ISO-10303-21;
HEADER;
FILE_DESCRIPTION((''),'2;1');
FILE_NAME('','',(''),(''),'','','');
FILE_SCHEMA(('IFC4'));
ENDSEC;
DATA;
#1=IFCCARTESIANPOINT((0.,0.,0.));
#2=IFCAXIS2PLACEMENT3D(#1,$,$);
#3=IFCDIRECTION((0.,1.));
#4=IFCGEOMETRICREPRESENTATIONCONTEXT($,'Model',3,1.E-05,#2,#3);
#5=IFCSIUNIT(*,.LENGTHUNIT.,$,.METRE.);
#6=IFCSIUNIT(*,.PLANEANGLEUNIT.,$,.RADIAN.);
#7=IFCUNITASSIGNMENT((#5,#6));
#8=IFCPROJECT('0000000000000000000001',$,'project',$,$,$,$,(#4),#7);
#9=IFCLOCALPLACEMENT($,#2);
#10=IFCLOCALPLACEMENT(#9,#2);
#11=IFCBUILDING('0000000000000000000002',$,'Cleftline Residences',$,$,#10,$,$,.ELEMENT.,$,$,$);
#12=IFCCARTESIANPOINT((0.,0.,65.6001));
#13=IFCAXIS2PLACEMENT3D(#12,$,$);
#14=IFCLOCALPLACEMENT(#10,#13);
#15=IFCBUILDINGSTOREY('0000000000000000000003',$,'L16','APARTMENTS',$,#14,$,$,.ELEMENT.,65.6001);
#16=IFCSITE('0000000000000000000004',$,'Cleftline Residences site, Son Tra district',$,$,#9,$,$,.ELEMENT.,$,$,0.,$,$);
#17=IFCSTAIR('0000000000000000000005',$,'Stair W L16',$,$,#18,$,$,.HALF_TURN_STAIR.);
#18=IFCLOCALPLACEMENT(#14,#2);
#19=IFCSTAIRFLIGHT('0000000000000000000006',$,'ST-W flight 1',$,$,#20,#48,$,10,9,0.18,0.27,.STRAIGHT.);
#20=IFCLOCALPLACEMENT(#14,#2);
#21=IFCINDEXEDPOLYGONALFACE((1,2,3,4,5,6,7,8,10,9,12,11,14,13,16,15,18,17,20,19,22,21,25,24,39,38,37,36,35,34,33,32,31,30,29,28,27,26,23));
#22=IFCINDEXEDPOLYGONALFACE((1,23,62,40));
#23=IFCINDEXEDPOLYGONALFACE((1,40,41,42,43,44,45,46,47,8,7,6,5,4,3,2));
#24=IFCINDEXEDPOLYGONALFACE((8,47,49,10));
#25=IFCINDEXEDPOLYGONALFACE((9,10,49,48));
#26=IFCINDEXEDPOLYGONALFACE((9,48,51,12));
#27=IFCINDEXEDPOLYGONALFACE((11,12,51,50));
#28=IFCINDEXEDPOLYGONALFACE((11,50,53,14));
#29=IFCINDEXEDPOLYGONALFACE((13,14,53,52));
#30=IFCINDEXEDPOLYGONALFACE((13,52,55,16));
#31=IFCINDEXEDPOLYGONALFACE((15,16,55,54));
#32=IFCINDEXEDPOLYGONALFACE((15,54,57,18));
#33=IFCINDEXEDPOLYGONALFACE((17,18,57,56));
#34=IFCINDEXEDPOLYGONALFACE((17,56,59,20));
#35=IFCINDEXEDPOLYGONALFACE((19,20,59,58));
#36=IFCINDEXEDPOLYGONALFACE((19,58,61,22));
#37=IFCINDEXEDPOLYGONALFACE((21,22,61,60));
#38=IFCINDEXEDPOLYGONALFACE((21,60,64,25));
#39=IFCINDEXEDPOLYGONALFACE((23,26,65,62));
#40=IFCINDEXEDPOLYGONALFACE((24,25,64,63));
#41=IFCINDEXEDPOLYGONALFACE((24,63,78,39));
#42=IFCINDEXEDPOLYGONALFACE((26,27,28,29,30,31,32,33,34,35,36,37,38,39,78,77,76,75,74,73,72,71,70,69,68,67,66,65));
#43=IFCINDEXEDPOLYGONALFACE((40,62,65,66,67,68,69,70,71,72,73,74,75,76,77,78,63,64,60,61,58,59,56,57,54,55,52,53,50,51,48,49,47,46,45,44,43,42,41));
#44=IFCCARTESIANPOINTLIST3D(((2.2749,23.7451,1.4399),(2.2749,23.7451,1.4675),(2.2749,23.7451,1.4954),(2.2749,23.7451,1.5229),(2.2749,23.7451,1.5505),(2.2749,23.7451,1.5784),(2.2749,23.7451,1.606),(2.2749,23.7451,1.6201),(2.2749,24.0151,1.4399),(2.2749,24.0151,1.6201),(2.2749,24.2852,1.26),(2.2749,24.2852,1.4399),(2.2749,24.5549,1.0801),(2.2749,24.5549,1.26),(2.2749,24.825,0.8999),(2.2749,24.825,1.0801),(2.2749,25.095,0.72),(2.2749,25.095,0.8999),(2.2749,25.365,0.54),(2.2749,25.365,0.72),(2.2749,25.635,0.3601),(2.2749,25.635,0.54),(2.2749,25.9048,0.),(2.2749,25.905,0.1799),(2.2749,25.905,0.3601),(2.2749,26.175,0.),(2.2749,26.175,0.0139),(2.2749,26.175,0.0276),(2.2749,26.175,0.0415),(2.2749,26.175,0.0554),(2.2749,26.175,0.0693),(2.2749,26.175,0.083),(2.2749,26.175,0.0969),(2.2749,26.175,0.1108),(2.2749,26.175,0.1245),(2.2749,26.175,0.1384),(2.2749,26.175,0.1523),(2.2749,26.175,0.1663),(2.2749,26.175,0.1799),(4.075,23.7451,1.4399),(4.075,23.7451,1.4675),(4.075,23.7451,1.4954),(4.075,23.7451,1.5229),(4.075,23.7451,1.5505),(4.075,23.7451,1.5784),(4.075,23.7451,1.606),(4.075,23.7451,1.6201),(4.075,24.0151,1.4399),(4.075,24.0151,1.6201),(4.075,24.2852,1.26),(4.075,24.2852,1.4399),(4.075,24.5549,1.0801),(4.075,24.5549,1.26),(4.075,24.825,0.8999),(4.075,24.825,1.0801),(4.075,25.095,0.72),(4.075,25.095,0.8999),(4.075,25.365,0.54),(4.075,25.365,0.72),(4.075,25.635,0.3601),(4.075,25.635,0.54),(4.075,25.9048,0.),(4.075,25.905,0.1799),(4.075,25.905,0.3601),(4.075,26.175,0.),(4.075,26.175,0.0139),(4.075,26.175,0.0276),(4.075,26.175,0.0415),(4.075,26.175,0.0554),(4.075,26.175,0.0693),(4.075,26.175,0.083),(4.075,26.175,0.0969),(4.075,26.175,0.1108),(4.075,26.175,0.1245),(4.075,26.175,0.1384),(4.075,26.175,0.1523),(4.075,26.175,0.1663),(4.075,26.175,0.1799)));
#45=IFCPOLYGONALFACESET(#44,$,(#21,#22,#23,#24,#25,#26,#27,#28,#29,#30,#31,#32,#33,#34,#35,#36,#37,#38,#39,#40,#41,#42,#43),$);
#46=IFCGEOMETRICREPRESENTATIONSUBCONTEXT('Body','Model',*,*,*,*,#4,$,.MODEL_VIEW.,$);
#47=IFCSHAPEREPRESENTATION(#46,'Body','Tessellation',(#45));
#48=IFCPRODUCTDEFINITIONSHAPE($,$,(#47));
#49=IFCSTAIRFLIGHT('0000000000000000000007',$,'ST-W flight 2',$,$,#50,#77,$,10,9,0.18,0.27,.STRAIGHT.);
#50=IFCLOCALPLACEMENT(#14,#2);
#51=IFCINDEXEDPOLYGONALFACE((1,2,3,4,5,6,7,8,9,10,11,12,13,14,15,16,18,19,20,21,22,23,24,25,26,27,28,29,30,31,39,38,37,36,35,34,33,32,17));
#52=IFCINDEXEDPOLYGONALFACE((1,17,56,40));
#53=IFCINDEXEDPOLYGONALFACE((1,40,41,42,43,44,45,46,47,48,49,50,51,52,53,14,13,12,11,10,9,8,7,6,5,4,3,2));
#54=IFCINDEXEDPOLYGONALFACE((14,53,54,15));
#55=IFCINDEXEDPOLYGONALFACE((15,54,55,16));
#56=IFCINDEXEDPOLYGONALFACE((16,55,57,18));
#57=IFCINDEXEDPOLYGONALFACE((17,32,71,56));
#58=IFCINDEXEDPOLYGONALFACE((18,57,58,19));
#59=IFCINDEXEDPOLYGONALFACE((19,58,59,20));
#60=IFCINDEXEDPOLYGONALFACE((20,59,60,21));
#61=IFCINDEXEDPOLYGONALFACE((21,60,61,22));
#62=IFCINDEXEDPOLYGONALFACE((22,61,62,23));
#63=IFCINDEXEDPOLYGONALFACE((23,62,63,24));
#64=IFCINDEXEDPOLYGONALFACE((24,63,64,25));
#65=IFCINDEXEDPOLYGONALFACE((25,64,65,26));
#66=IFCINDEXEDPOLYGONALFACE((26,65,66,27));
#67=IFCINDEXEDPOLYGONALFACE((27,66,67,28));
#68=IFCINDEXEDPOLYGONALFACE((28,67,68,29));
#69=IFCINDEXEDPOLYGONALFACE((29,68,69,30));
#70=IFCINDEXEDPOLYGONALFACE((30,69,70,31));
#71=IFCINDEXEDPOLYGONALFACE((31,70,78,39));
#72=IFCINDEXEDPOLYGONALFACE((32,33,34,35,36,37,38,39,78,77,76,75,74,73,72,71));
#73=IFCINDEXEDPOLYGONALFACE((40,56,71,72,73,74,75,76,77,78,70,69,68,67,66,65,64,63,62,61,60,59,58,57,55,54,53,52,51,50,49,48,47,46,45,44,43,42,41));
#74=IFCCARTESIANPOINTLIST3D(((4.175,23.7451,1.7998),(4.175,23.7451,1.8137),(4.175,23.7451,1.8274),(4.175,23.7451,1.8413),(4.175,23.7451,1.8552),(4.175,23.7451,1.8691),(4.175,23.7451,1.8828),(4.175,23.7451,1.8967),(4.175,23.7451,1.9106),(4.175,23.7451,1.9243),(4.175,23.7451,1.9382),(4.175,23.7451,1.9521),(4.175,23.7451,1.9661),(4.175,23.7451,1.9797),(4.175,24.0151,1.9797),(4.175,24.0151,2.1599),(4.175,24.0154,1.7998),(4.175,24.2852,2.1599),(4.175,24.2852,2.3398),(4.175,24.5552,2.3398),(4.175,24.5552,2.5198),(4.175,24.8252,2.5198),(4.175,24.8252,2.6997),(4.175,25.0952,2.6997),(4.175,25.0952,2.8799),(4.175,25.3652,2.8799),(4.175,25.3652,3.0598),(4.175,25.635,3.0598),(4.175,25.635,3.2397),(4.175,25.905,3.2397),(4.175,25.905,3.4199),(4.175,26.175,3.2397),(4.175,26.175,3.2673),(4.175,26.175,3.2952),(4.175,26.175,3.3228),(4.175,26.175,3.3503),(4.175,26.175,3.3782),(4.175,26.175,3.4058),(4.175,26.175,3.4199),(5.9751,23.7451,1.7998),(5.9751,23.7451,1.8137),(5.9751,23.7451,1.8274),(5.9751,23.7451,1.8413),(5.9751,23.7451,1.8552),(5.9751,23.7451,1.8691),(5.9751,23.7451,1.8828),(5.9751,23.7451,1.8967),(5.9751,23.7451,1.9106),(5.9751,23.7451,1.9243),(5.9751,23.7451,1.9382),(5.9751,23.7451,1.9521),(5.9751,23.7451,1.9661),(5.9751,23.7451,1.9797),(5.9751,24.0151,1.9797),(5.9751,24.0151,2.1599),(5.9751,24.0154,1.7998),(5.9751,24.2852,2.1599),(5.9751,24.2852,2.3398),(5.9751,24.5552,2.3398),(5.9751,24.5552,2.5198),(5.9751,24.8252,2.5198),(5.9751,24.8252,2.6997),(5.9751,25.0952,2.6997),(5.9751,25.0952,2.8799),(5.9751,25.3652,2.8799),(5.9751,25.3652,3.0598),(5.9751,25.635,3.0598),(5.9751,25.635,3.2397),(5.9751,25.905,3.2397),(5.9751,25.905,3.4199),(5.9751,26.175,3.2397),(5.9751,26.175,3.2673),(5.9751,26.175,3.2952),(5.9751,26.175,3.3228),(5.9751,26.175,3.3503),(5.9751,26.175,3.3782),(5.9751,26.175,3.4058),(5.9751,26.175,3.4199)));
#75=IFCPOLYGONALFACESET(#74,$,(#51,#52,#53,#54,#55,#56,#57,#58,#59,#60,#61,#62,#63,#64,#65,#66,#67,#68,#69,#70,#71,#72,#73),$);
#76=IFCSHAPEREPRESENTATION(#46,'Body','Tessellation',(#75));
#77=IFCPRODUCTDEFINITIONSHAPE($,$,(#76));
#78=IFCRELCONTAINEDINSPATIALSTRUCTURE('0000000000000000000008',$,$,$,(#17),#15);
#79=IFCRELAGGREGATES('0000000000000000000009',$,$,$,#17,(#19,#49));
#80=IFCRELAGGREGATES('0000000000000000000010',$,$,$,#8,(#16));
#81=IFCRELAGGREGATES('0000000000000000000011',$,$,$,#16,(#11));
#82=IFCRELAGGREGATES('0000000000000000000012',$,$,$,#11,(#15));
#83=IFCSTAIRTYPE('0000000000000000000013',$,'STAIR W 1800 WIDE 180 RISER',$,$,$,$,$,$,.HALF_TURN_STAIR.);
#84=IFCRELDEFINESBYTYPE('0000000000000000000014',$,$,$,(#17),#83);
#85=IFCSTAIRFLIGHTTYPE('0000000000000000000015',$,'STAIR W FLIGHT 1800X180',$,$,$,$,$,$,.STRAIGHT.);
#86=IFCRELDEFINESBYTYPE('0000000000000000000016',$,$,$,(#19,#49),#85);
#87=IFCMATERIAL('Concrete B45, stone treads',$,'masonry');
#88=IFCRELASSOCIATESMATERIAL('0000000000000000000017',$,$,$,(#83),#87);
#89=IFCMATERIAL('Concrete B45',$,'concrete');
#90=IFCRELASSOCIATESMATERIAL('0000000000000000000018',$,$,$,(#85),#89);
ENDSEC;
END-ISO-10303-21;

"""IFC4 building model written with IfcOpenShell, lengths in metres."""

from ifc_helpers import new_model, si_unit, direction, frame, origin, place, context, subcontext, project, spatial, polyline, outline, extrude, material, type_object, element, aggregate, save


model = new_model("IFC4")

# Units and contexts
model_context = context("Model", 3, precision=1e-05, world=origin(), true_north=direction((0.0, 1.0)))
body_context = subcontext(model_context, "Body", "Model", "MODEL_VIEW")
ifc_project = project(units=[si_unit("LENGTHUNIT", "METRE"), si_unit("PLANEANGLEUNIT", "RADIAN")], contexts=[model_context])

# Site, building, storey
site_placement = place(None, origin())
site = spatial("IfcSite", under=ifc_project, at=site_placement, Name="Cleftline Residences site, Son Tra district", CompositionType="ELEMENT", RefElevation=0.0)
building_placement = place(site_placement, origin())
building = spatial("IfcBuilding", under=site, at=building_placement, Name="Cleftline Residences", CompositionType="ELEMENT")
storey_placement = place(building_placement, frame((0.0, 0.0, 65.6001)))
storey = spatial("IfcBuildingStorey", under=building, at=storey_placement, Name="L16", Description="APARTMENTS", CompositionType="ELEMENT", Elevation=65.6001)

# Stair, stair flights
ifc_material_1 = material(Name="Concrete B45, stone treads", Category="masonry")
stair_type = type_object("IfcStairType", Name="STAIR W 1800 WIDE 180 RISER", PredefinedType="HALF_TURN_STAIR", material=ifc_material_1)
stair_placement = place(storey_placement, origin())
stair = element("IfcStair", 1, at=stair_placement, inside=storey, type_object=stair_type, Name="Stair W L16", PredefinedType="HALF_TURN_STAIR")
ifc_material_2 = material(Name="Concrete B45", Category="concrete")
stair_flight_type = type_object("IfcStairFlightType", Name="STAIR W FLIGHT 1800X180", PredefinedType="STRAIGHT", material=ifc_material_2)
stair_flight_1_placement = place(storey_placement, frame((3.175, 26.175, 0.0), z_axis=(0.0, 0.0, 1.0), x_axis=(0.0, -1.0, 0.0)))
stair_flight_1 = element("IfcStairFlight", 2, at=stair_flight_1_placement, type_object=stair_flight_type, Name="ST-W flight 1", NumberOfRisers=10, NumberOfTreads=9, PredefinedType="STRAIGHT", RiserHeight=0.18, TreadLength=0.27, context=body_context, shape_type="SweptSolid", body=[
    extrude(outline(polyline([(0.0, 0.0), (0.0, 0.0139), (0.0, 0.0276), (0.0, 0.0415), (0.0, 0.0554), (0.0, 0.0693), (0.0, 0.083), (0.0, 0.0969), (0.0, 0.1108), (0.0, 0.1245), (0.0, 0.1384), (0.0, 0.1523), (0.0, 0.1663), (0.0, 0.1799), (0.27, 0.1799), (0.27, 0.3601), (0.54, 0.3601), (0.54, 0.54), (0.8101, 0.54), (0.8101, 0.72), (1.0801, 0.72), (1.0801, 0.8999), (1.3501, 0.8999), (1.3501, 1.0801), (1.6201, 1.0801), (1.6201, 1.26), (1.8899, 1.26), (1.8899, 1.4399), (2.1599, 1.4399), (2.1599, 1.6201), (2.4299, 1.6201), (2.4299, 1.8), (2.4299, 1.7722), (2.4299, 1.7446), (2.4299, 1.7168), (2.4299, 1.6892), (2.4299, 1.6614), (2.4299, 1.6338), (2.4299, 1.606), (2.4299, 1.5784), (2.4299, 1.5505), (2.4299, 1.5229), (2.4299, 1.4954), (2.4299, 1.4675), (2.4299, 1.4399), (0.2703, 0.0), (0.0, 0.0)])), frame((0.0, 0.8999, 0.0), z_axis=(0.0, -1.0, 0.0), x_axis=(1.0, 0.0, 0.0)), (0.0, 0.0, 1.0), 1.8),
])
stair_flight_2_placement = place(storey_placement, frame((5.075, 23.7451, 1.7998), z_axis=(0.0, 0.0, 1.0), x_axis=(0.0, 1.0, 0.0)))
stair_flight_2 = element("IfcStairFlight", 3, at=stair_flight_2_placement, type_object=stair_flight_type, Name="ST-W flight 2", NumberOfRisers=10, NumberOfTreads=9, PredefinedType="STRAIGHT", RiserHeight=0.18, TreadLength=0.27, context=body_context, shape_type="SweptSolid", body=[
    extrude(outline(polyline([(0.0, 0.0), (0.0, 0.0139), (0.0, 0.0276), (0.0, 0.0415), (0.0, 0.0554), (0.0, 0.0693), (0.0, 0.083), (0.0, 0.0969), (0.0, 0.1108), (0.0, 0.1245), (0.0, 0.1384), (0.0, 0.1523), (0.0, 0.1663), (0.0, 0.1799), (0.27, 0.1799), (0.27, 0.3601), (0.54, 0.3601), (0.54, 0.54), (0.8101, 0.54), (0.8101, 0.72), (1.0801, 0.72), (1.0801, 0.8999), (1.3501, 0.8999), (1.3501, 1.0801), (1.6201, 1.0801), (1.6201, 1.26), (1.8899, 1.26), (1.8899, 1.4399), (2.1599, 1.4399), (2.1599, 1.6201), (2.4299, 1.6201), (2.4299, 1.8), (2.4299, 1.7722), (2.4299, 1.7446), (2.4299, 1.7168), (2.4299, 1.6892), (2.4299, 1.6614), (2.4299, 1.6338), (2.4299, 1.606), (2.4299, 1.5784), (2.4299, 1.5505), (2.4299, 1.5229), (2.4299, 1.4954), (2.4299, 1.4675), (2.4299, 1.4399), (0.2703, 0.0), (0.0, 0.0)])), frame((0.0, 0.8999, 0.0), z_axis=(0.0, -1.0, 0.0), x_axis=(1.0, 0.0, 0.0)), (0.0, 0.0, 1.0), 1.8),
])
aggregate(stair, [stair_flight_1, stair_flight_2])

save(model, "model.ifc")
